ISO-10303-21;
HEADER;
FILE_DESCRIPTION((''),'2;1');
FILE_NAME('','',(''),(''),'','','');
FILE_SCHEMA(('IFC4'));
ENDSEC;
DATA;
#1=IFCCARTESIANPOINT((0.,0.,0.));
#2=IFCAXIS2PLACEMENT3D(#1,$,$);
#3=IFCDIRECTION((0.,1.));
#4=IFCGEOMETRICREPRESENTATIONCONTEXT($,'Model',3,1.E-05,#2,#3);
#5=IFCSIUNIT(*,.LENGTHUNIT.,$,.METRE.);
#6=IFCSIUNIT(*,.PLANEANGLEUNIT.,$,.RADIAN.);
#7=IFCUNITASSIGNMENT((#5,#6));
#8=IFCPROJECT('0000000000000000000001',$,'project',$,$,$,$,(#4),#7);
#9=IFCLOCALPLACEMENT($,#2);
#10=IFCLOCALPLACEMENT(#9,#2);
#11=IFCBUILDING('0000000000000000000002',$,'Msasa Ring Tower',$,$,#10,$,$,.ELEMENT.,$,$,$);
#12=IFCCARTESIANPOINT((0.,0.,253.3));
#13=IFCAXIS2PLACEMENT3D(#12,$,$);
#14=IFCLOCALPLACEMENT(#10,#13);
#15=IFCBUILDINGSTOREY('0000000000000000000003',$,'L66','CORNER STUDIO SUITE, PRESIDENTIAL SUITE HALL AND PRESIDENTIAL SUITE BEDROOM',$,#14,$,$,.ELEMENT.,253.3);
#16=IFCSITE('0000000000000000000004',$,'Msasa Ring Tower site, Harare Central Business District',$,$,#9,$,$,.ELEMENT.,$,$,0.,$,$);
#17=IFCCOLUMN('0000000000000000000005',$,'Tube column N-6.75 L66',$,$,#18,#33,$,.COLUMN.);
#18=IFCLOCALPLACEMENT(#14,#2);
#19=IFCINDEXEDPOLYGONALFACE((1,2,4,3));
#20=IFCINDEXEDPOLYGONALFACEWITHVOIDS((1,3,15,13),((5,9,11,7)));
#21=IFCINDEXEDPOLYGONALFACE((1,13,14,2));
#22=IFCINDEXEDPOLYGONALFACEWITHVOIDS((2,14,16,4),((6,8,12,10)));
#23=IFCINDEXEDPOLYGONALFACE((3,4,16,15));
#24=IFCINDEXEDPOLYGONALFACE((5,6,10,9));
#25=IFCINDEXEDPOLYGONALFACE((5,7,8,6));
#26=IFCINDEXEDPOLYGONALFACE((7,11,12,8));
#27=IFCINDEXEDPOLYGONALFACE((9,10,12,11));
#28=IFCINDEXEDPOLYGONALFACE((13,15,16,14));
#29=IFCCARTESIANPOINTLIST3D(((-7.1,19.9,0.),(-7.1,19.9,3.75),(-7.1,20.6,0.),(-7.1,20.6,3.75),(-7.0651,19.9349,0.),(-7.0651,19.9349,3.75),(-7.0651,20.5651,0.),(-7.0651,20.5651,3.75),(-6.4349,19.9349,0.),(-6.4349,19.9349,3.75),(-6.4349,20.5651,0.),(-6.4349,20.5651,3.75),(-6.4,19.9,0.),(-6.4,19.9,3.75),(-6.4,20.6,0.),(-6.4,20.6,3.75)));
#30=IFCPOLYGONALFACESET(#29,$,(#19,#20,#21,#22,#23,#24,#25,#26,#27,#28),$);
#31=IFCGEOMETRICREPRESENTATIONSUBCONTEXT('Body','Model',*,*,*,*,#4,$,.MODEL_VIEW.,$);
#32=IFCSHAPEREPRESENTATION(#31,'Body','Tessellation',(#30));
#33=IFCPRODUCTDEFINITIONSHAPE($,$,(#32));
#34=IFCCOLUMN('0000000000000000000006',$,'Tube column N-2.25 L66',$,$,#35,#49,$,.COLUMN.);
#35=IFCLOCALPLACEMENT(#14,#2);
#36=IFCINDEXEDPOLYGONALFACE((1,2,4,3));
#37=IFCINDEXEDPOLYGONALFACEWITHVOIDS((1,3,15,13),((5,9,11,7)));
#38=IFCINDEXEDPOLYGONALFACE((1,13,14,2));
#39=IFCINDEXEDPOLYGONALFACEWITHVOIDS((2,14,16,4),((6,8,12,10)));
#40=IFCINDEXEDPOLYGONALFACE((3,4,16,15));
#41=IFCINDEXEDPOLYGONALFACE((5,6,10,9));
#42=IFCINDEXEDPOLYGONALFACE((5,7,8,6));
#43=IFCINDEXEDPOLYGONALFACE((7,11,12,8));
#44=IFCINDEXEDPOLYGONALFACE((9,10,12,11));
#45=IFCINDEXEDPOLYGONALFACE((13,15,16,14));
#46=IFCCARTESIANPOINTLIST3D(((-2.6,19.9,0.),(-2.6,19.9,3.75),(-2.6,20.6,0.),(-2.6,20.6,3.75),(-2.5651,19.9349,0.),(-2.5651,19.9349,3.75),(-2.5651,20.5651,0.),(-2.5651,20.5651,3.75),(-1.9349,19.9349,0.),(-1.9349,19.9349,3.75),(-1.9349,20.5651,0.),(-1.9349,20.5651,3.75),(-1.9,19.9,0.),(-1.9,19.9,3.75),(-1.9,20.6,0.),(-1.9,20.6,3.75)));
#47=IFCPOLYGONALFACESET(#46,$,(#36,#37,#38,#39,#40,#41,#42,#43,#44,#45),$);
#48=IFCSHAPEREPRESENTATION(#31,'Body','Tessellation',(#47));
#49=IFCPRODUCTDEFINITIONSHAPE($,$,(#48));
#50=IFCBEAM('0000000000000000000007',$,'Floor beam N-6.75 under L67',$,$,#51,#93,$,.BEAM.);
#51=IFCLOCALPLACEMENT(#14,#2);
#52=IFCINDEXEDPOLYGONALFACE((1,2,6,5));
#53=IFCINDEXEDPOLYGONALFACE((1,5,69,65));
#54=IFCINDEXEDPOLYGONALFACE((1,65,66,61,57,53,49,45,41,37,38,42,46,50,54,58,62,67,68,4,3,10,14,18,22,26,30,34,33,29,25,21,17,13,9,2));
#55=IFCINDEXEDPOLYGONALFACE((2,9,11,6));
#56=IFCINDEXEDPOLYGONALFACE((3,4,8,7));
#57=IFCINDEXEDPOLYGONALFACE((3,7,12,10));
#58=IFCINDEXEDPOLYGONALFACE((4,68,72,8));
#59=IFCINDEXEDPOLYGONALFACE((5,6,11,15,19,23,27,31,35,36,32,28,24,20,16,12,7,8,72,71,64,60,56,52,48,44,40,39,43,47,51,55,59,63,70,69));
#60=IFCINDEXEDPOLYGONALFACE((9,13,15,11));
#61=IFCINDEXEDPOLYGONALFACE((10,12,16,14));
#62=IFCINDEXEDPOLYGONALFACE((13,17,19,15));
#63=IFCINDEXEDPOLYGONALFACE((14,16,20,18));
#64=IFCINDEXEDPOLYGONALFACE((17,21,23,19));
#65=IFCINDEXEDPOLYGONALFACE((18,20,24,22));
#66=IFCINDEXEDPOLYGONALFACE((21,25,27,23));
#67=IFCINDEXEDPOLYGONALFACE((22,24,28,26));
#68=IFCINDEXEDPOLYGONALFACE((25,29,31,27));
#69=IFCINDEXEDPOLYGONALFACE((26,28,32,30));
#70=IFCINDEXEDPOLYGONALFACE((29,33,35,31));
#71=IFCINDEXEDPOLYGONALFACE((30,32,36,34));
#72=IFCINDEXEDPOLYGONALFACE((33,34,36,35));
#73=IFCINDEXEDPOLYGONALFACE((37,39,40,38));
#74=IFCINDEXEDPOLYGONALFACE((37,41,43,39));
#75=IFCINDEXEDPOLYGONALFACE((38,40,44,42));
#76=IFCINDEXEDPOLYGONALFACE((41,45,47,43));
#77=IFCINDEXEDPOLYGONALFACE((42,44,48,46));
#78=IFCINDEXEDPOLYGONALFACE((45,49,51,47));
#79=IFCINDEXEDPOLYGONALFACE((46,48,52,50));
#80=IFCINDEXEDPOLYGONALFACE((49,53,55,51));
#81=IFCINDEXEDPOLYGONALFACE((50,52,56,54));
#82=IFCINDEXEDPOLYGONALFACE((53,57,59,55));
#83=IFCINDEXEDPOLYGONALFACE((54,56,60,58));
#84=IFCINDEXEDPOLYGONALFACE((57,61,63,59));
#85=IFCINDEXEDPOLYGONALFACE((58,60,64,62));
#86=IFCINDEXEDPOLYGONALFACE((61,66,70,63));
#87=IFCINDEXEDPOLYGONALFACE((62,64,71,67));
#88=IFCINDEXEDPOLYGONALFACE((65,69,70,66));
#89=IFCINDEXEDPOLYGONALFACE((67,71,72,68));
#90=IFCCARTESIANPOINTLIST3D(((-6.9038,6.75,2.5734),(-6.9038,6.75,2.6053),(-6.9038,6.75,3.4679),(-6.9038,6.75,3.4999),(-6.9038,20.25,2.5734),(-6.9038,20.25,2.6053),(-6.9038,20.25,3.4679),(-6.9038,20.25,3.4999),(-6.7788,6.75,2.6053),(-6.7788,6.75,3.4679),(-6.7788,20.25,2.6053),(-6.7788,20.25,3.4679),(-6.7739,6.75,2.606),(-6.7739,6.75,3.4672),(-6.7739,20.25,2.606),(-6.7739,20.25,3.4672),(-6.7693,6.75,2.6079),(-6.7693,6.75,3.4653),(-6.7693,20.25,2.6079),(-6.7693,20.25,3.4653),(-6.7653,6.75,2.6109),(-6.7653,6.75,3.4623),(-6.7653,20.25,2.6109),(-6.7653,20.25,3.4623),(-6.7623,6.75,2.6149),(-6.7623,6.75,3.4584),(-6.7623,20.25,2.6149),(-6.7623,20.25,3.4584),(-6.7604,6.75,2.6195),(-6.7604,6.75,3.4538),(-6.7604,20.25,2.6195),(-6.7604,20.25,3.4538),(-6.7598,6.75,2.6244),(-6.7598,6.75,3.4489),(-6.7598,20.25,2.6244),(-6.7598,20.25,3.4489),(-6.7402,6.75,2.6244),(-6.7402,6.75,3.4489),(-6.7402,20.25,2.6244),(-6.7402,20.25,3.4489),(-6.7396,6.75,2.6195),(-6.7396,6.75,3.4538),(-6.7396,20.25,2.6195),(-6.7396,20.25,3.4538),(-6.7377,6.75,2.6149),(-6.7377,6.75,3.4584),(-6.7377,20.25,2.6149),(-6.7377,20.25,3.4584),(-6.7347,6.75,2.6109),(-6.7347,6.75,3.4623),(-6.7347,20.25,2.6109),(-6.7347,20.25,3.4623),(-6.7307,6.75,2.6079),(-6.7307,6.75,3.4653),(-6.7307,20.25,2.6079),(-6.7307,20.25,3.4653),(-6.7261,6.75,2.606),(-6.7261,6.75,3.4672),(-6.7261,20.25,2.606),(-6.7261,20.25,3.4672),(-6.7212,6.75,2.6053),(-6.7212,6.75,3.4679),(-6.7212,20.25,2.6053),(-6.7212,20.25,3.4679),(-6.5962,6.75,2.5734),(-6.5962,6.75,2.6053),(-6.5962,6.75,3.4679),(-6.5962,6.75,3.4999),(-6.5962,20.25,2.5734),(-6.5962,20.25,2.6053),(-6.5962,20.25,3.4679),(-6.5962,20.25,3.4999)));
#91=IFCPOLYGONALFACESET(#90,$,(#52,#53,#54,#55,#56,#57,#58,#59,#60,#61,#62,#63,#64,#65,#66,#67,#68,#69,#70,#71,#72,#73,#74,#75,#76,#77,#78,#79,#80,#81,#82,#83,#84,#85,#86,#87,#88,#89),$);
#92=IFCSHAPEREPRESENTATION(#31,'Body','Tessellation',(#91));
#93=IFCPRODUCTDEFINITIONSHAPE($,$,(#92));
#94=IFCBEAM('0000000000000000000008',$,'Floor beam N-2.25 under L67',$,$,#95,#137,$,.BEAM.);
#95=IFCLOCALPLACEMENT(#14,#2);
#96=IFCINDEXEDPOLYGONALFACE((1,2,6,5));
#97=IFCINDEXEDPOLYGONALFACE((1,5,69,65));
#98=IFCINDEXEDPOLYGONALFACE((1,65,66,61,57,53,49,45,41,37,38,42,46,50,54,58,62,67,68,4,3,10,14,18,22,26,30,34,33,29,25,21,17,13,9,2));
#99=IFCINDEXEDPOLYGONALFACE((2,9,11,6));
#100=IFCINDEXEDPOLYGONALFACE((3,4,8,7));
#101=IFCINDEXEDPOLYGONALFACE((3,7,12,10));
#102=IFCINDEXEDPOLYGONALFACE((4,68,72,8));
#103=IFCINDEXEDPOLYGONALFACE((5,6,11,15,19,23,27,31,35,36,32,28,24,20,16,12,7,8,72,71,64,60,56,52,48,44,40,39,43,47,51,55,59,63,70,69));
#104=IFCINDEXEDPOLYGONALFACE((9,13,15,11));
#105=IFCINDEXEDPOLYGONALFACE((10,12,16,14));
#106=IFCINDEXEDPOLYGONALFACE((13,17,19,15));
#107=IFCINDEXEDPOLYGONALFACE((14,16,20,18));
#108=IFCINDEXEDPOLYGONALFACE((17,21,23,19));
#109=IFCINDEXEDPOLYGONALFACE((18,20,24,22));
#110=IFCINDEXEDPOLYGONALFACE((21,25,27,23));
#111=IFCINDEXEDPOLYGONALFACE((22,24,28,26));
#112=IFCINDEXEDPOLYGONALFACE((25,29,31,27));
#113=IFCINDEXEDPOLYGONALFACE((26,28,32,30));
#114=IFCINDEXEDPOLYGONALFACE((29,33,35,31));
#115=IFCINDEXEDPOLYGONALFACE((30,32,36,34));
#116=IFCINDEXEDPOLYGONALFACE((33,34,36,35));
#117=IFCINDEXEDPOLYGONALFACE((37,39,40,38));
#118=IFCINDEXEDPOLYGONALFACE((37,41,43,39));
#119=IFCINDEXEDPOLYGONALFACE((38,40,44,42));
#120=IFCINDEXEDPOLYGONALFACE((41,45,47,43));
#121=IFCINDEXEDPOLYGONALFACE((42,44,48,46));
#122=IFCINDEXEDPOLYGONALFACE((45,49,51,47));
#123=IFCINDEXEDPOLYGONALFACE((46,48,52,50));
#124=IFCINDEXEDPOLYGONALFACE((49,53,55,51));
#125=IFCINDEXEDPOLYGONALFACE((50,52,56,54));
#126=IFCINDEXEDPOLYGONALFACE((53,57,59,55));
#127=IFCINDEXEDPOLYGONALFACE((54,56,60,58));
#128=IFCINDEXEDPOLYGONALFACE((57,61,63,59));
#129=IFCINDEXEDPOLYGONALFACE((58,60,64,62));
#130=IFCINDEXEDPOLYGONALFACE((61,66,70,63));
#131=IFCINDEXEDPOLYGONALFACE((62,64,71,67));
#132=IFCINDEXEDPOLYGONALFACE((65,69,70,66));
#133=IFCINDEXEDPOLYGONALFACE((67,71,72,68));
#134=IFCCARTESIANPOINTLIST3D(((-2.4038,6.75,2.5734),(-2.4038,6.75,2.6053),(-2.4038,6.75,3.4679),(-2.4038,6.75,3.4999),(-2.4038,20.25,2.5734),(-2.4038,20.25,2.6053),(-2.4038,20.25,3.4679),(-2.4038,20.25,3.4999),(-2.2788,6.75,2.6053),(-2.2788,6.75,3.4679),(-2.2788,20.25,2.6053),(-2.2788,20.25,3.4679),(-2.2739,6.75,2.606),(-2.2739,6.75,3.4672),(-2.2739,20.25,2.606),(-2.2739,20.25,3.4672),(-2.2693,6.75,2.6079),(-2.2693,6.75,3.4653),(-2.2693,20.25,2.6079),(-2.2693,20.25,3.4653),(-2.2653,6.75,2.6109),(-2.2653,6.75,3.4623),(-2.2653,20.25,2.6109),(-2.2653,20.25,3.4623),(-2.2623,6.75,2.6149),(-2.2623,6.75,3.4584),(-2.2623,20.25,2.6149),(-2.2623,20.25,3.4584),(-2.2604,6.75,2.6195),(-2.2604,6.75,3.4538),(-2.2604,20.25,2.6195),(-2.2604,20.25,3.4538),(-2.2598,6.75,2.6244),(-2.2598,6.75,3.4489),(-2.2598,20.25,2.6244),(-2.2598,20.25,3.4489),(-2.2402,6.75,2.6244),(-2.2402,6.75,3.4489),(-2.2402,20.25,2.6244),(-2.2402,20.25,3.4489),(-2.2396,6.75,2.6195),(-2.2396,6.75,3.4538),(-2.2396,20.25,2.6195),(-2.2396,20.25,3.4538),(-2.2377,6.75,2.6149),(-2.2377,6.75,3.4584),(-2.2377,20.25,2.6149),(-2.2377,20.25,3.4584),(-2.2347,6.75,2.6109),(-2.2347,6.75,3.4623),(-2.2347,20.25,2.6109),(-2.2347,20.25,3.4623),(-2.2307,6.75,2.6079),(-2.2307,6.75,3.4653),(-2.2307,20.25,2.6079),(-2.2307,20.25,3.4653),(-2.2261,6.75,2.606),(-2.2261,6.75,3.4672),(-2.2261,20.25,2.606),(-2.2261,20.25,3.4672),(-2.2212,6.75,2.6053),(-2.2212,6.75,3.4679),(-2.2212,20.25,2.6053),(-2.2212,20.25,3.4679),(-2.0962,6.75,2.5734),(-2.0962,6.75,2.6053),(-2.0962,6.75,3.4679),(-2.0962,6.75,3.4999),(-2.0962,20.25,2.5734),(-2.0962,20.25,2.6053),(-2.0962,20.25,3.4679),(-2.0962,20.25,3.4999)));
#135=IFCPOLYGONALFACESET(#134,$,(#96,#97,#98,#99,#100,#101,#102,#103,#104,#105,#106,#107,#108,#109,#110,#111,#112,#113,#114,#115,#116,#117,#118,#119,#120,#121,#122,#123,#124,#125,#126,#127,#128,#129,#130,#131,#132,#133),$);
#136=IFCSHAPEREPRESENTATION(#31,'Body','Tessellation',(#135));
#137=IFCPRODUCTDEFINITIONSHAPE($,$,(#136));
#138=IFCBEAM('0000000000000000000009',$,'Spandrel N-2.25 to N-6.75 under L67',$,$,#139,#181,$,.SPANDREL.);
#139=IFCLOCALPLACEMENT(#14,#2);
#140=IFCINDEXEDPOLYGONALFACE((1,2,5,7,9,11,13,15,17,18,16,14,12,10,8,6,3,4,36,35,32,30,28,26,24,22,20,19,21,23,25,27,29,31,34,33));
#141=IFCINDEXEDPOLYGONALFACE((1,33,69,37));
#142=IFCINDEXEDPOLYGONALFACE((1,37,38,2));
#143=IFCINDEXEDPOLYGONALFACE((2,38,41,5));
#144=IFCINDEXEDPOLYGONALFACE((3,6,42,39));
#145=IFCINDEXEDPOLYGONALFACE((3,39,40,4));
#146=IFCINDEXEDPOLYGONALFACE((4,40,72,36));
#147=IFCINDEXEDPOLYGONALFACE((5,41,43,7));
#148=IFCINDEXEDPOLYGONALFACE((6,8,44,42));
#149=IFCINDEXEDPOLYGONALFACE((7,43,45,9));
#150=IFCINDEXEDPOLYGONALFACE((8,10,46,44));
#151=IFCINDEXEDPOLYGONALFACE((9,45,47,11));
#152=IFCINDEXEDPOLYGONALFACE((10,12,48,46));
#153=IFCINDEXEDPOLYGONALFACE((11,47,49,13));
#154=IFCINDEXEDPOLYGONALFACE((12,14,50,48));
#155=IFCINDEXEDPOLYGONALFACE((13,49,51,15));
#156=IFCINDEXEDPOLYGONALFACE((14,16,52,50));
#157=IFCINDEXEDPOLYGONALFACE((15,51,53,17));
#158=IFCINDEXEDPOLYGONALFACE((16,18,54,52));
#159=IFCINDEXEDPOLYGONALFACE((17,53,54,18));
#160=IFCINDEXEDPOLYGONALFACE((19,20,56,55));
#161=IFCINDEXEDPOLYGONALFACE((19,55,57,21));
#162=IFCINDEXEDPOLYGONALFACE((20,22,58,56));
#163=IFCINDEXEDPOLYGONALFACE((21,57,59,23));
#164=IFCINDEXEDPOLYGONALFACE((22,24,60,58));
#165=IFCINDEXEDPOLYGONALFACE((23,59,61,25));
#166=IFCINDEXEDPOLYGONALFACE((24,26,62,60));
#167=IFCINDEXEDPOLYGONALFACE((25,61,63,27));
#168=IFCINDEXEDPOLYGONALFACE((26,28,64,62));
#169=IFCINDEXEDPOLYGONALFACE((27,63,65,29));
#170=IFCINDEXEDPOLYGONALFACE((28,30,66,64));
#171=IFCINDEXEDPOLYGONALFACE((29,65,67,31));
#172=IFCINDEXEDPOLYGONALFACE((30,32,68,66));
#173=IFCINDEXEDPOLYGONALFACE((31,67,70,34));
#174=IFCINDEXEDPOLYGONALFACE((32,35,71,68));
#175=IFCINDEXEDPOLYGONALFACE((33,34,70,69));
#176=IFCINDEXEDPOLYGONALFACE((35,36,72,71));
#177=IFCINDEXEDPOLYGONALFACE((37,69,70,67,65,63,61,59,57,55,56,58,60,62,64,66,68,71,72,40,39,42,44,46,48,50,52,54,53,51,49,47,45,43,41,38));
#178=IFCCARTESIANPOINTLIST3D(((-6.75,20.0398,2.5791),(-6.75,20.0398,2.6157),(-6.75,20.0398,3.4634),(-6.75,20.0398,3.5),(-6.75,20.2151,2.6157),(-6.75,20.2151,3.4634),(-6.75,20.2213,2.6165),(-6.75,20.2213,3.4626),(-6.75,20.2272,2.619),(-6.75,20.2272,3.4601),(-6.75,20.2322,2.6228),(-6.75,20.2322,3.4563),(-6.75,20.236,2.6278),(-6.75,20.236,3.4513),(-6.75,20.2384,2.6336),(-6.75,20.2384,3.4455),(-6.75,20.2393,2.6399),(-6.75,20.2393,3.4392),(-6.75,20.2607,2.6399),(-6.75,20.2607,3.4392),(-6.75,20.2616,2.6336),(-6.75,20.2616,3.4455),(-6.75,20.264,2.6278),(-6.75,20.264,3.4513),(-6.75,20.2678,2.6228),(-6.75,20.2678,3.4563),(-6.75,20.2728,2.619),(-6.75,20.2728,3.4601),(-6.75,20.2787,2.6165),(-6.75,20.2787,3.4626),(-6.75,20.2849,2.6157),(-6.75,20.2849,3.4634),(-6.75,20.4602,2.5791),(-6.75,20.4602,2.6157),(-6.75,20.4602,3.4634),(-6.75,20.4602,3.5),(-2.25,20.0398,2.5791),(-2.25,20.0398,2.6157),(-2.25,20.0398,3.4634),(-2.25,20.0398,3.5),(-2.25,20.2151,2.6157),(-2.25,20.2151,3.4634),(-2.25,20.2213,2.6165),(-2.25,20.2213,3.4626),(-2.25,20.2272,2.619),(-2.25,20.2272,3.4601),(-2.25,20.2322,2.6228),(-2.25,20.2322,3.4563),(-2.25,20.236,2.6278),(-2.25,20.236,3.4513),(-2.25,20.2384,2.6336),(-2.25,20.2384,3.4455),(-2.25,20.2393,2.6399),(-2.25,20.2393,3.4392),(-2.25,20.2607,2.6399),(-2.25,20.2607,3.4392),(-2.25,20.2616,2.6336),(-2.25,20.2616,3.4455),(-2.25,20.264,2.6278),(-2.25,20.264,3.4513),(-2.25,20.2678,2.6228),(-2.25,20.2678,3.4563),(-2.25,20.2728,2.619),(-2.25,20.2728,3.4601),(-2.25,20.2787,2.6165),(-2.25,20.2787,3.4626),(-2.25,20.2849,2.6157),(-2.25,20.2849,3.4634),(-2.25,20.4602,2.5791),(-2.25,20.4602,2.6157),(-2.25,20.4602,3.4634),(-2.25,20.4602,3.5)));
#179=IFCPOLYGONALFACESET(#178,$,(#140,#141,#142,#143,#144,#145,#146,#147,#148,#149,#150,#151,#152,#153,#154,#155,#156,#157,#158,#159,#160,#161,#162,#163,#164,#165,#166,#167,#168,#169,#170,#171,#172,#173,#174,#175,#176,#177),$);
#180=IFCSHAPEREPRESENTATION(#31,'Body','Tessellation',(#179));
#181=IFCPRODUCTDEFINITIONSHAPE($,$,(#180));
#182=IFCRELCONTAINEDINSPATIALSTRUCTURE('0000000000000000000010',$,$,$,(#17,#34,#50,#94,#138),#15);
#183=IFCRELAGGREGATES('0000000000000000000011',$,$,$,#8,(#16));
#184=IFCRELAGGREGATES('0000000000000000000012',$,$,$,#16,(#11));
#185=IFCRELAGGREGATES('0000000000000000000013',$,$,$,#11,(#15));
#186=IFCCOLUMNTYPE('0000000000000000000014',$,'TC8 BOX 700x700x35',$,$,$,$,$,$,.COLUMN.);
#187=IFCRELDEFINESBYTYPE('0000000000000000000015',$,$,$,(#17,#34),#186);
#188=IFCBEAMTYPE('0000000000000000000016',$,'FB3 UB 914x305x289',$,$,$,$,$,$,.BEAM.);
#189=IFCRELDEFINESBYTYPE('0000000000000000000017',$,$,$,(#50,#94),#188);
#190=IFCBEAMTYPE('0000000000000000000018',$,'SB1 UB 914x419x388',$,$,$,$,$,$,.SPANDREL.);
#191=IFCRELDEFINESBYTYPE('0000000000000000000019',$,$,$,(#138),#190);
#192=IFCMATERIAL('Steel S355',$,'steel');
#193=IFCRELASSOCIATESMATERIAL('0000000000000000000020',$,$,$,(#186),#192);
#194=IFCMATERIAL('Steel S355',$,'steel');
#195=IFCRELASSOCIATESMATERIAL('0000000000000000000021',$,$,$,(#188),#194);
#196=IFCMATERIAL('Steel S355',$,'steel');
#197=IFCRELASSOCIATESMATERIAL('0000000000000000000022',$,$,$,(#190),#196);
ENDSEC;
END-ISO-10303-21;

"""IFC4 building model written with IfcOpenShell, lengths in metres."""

from ifc_helpers import new_model, si_unit, direction, frame, origin, origin_2d, place, context, subcontext, project, spatial, hollow_rectangle, i_section, extrude, material, material_profile, profile_set, type_object, element, save


model = new_model("IFC4")

# Units and contexts
model_context = context("Model", 3, precision=1e-05, world=origin(), true_north=direction((0.0, 1.0)))
body_context = subcontext(model_context, "Body", "Model", "MODEL_VIEW")
ifc_project = project(units=[si_unit("LENGTHUNIT", "METRE"), si_unit("PLANEANGLEUNIT", "RADIAN")], contexts=[model_context])

# Site, building, storey
site_placement = place(None, origin())
site = spatial("IfcSite", under=ifc_project, at=site_placement, Name="Msasa Ring Tower site, Harare Central Business District", CompositionType="ELEMENT", RefElevation=0.0)
building_placement = place(site_placement, origin())
building = spatial("IfcBuilding", under=site, at=building_placement, Name="Msasa Ring Tower", CompositionType="ELEMENT")
storey_placement = place(building_placement, frame((0.0, 0.0, 253.3)))
storey = spatial("IfcBuildingStorey", under=building, at=storey_placement, Name="L66", Description="CORNER STUDIO SUITE, PRESIDENTIAL SUITE HALL AND PRESIDENTIAL SUITE BEDROOM", CompositionType="ELEMENT", Elevation=253.3)

# Columns
ifc_material_1 = material(Name="Steel S355", Category="steel")
ifc_material_profile_1 = material_profile(ifc_material_1, hollow_rectangle(XDim=0.7, YDim=0.7, WallThickness=0.0349, at=origin_2d()), Name="BOX 700x700x35")
ifc_profile_set_1 = profile_set([ifc_material_profile_1], Name="Steel S355")
column_type = type_object("IfcColumnType", Name="TC8 BOX 700x700x35", PredefinedType="COLUMN", material=ifc_profile_set_1)
for number, where, z_axis, x_axis, name in (
    (1, (-6.75, 20.25, 0.0), (0.0, 0.0, 1.0), (0.0, 1.0, 0.0), "Tube column N-6.75 L66"),
    (2, (-2.25, 20.25, 0.0), (0.0, 0.0, 1.0), (0.0, 1.0, 0.0), "Tube column N-2.25 L66"),
):
    element("IfcColumn", number, at=place(storey_placement, frame(where, z_axis=z_axis, x_axis=x_axis)), inside=storey, type_object=column_type, Name=name, PredefinedType="COLUMN", context=body_context, shape_type="SweptSolid", body=[
        extrude(hollow_rectangle(XDim=0.7, YDim=0.7, WallThickness=0.0349, at=origin_2d()), origin(), (0.0, 0.0, 1.0), 3.75),
    ])

# Beams
ifc_material_2 = material(Name="Steel S355", Category="steel")
ifc_material_profile_2 = material_profile(ifc_material_2, i_section(OverallWidth=0.3076, OverallDepth=0.9265, WebThickness=0.0195, FlangeThickness=0.032, FilletRadius=0.019, at=origin_2d()), Name="UB 914x305x289")
ifc_profile_set_2 = profile_set([ifc_material_profile_2], Name="Steel S355")
beam_type_1 = type_object("IfcBeamType", Name="FB3 UB 914x305x289", PredefinedType="BEAM", material=ifc_profile_set_2)
for number, where, z_axis, x_axis, name in (
    (3, (-6.75, 20.25, 3.0366), (0.0, -1.0, 0.0), (1.0, 0.0, 0.0), "Floor beam N-6.75 under L67"),
    (4, (-2.25, 20.25, 3.0366), (0.0, -1.0, 0.0), (1.0, 0.0, 0.0), "Floor beam N-2.25 under L67"),
):
    element("IfcBeam", number, at=place(storey_placement, frame(where, z_axis=z_axis, x_axis=x_axis)), inside=storey, type_object=beam_type_1, Name=name, PredefinedType="BEAM", context=body_context, shape_type="SweptSolid", body=[
        extrude(i_section(OverallWidth=0.3076, OverallDepth=0.9265, WebThickness=0.0195, FlangeThickness=0.032, FilletRadius=0.019, at=origin_2d()), origin(), (0.0, 0.0, 1.0), 13.5),
    ])
ifc_material_3 = material(Name="Steel S355", Category="steel")
ifc_material_profile_3 = material_profile(ifc_material_3, i_section(OverallWidth=0.4204, OverallDepth=0.9209, WebThickness=0.0215, FlangeThickness=0.0366, FilletRadius=0.0242, at=origin_2d()), Name="UB 914x419x388")
ifc_profile_set_3 = profile_set([ifc_material_profile_3], Name="Steel S355")
beam_type_2 = type_object("IfcBeamType", Name="SB1 UB 914x419x388", PredefinedType="SPANDREL", material=ifc_profile_set_3)
for number, where, z_axis, x_axis, name in (
    (5, (-2.25, 20.25, 3.0396), (-1.0, 0.0, 0.0), (0.0, -1.0, 0.0), "Spandrel N-2.25 to N-6.75 under L67"),
):
    element("IfcBeam", number, at=place(storey_placement, frame(where, z_axis=z_axis, x_axis=x_axis)), inside=storey, type_object=beam_type_2, Name=name, PredefinedType="SPANDREL", context=body_context, shape_type="SweptSolid", body=[
        extrude(i_section(OverallWidth=0.4204, OverallDepth=0.9209, WebThickness=0.0215, FlangeThickness=0.0366, FilletRadius=0.0242, at=origin_2d()), origin(), (0.0, 0.0, 1.0), 4.5),
    ])

save(model, "model.ifc")
